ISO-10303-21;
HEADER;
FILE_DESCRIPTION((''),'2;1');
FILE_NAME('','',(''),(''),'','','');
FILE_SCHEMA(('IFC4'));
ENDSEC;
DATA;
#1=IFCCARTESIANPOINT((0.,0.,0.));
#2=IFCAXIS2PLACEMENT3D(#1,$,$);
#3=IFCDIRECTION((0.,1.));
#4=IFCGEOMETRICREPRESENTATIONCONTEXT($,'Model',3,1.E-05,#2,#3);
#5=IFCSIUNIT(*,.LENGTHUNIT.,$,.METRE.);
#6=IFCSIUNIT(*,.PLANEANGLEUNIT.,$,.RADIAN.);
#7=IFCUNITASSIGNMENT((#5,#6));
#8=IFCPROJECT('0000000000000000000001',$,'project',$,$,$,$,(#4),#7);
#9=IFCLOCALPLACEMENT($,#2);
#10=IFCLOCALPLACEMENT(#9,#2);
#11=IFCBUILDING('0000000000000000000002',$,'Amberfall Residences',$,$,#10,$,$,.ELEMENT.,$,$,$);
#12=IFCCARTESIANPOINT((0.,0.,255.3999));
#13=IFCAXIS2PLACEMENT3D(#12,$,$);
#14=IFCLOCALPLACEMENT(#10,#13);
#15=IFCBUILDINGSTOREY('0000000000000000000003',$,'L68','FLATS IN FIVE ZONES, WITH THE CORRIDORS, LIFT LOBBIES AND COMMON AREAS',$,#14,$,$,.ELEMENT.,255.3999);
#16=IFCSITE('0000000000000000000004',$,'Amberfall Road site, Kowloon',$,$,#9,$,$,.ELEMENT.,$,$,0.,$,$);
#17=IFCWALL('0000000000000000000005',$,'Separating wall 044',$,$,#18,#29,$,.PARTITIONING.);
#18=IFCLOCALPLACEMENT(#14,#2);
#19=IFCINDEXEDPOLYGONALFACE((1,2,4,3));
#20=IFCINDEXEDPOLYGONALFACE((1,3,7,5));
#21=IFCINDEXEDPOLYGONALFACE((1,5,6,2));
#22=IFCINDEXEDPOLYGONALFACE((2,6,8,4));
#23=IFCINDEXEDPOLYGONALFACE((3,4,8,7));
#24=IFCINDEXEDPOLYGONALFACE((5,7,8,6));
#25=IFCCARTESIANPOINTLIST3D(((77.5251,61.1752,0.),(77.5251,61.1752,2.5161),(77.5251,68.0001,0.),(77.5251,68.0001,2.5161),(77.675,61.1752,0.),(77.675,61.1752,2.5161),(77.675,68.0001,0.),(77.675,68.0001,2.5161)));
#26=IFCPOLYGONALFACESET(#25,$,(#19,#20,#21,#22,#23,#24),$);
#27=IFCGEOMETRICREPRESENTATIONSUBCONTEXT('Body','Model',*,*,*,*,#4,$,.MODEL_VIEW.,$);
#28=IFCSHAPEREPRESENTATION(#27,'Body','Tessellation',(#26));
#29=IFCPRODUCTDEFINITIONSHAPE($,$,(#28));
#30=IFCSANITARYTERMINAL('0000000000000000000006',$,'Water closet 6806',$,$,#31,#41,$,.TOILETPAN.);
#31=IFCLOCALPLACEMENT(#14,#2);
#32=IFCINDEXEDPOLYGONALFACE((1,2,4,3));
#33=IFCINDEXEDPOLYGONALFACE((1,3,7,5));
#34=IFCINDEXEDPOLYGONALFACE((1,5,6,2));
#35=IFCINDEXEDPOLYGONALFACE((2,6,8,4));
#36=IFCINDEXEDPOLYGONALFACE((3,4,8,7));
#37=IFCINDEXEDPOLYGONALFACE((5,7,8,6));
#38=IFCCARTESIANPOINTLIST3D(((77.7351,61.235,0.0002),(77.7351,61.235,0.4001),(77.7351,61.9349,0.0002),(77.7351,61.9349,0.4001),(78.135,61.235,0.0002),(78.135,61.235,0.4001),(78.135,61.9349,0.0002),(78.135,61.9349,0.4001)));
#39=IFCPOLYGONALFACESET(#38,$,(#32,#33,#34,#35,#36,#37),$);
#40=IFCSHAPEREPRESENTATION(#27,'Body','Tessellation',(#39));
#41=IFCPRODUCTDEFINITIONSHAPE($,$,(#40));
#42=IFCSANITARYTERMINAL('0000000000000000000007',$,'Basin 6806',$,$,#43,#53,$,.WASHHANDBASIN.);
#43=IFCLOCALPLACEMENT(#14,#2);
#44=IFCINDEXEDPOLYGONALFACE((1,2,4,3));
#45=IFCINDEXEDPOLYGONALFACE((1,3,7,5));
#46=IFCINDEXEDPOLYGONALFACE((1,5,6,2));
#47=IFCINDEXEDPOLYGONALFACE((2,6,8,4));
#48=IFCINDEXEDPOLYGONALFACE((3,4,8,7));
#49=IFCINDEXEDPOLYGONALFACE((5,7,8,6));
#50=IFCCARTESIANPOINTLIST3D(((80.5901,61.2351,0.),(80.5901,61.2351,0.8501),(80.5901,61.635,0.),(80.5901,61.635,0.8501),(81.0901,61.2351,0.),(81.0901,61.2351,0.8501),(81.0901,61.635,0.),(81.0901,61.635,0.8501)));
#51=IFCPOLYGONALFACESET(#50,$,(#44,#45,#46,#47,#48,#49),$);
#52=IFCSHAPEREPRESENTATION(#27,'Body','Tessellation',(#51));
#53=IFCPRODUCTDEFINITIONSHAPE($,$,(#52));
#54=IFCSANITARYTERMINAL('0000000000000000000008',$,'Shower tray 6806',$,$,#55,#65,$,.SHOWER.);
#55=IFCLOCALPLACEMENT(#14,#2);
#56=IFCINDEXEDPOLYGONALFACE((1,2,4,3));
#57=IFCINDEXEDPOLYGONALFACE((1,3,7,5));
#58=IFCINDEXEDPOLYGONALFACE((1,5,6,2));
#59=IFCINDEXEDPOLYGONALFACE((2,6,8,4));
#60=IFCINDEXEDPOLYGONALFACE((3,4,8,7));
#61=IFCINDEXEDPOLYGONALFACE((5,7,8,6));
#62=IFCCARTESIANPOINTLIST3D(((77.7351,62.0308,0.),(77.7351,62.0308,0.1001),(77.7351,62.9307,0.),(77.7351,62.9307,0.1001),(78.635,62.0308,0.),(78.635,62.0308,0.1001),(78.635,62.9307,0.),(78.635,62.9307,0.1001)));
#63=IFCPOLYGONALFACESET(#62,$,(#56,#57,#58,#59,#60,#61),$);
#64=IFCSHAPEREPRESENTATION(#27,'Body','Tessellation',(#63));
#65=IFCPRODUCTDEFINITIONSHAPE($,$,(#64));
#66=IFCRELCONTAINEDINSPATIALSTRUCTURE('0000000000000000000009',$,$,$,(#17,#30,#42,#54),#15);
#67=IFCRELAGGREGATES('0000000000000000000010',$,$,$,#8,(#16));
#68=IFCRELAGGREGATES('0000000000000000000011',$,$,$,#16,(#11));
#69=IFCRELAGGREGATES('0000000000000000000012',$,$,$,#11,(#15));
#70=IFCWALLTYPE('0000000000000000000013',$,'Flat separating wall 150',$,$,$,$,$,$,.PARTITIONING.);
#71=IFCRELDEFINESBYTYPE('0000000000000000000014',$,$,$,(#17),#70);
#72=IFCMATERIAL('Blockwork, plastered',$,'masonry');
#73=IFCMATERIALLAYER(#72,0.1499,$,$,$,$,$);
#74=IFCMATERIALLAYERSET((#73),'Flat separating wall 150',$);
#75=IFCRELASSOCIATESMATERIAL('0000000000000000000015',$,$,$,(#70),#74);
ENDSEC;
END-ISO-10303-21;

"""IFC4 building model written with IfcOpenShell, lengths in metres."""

from ifc_helpers import new_model, si_unit, direction, frame, frame_2d, origin, origin_2d, place, context, subcontext, project, spatial, rectangle, extrude, material, layer, layer_set, type_object, element, save


model = new_model("IFC4")

# Units and contexts
model_context = context("Model", 3, precision=1e-05, world=origin(), true_north=direction((0.0, 1.0)))
body_context = subcontext(model_context, "Body", "Model", "MODEL_VIEW")
ifc_project = project(units=[si_unit("LENGTHUNIT", "METRE"), si_unit("PLANEANGLEUNIT", "RADIAN")], contexts=[model_context])

# Site, building, storey
site_placement = place(None, origin())
site = spatial("IfcSite", under=ifc_project, at=site_placement, Name="Amberfall Road site, Kowloon", CompositionType="ELEMENT", RefElevation=0.0)
building_placement = place(site_placement, origin())
building = spatial("IfcBuilding", under=site, at=building_placement, Name="Amberfall Residences", CompositionType="ELEMENT")
storey_placement = place(building_placement, frame((0.0, 0.0, 255.3999)))
storey = spatial("IfcBuildingStorey", under=building, at=storey_placement, Name="L68", Description="FLATS IN FIVE ZONES, WITH THE CORRIDORS, LIFT LOBBIES AND COMMON AREAS", CompositionType="ELEMENT", Elevation=255.3999)

# Wall
ifc_material_1 = material(Name="Blockwork, plastered", Category="masonry")
ifc_layer_1 = layer(ifc_material_1, 0.1499)
ifc_layer_set_1 = layer_set([ifc_layer_1], Name="Flat separating wall 150")
wall_type_1 = type_object("IfcWallType", Name="Flat separating wall 150", PredefinedType="PARTITIONING", material=ifc_layer_set_1)
wall_1_placement = place(storey_placement, frame((77.6001, 61.175, 0.0), z_axis=(0.0, 0.0, 1.0), x_axis=(0.0, 1.0, 0.0)))
element("IfcWall", 1, at=wall_1_placement, inside=storey, type_object=wall_type_1, Name="Separating wall 044", PredefinedType="PARTITIONING", context=body_context, shape_type="SweptSolid", body=[
    extrude(rectangle(XDim=6.825, YDim=0.1499, at=frame_2d((3.4126, 0.0))), origin(), (0.0, 0.0, 1.0), 2.5161),
])

# Sanitary terminals
sanitary_terminal_1_placement = place(storey_placement, frame((77.9351, 61.585, 0.0002), z_axis=(0.0, 0.0, 1.0), x_axis=(1.0, 0.0, 0.0)))
element("IfcSanitaryTerminal", 2, at=sanitary_terminal_1_placement, inside=storey, Name="Water closet 6806", PredefinedType="TOILETPAN", context=body_context, shape_type="SweptSolid", body=[
    extrude(rectangle(XDim=0.3999, YDim=0.7, at=origin_2d()), origin(), (0.0, 0.0, 1.0), 0.3999),
])
sanitary_terminal_2_placement = place(storey_placement, frame((80.8401, 61.4351, 0.0), z_axis=(0.0, 0.0, 1.0), x_axis=(1.0, 0.0, 0.0)))
element("IfcSanitaryTerminal", 3, at=sanitary_terminal_2_placement, inside=storey, Name="Basin 6806", PredefinedType="WASHHANDBASIN", context=body_context, shape_type="SweptSolid", body=[
    extrude(rectangle(XDim=0.5, YDim=0.3999, at=origin_2d()), origin(), (0.0, 0.0, 1.0), 0.8501),
])
sanitary_terminal_3_placement = place(storey_placement, frame((78.1851, 62.4807, 0.0), z_axis=(0.0, 0.0, 1.0), x_axis=(1.0, 0.0, 0.0)))
element("IfcSanitaryTerminal", 4, at=sanitary_terminal_3_placement, inside=storey, Name="Shower tray 6806", PredefinedType="SHOWER", context=body_context, shape_type="SweptSolid", body=[
    extrude(rectangle(XDim=0.8999, YDim=0.8999, at=origin_2d()), origin(), (0.0, 0.0, 1.0), 0.1001),
])

save(model, "model.ifc")
